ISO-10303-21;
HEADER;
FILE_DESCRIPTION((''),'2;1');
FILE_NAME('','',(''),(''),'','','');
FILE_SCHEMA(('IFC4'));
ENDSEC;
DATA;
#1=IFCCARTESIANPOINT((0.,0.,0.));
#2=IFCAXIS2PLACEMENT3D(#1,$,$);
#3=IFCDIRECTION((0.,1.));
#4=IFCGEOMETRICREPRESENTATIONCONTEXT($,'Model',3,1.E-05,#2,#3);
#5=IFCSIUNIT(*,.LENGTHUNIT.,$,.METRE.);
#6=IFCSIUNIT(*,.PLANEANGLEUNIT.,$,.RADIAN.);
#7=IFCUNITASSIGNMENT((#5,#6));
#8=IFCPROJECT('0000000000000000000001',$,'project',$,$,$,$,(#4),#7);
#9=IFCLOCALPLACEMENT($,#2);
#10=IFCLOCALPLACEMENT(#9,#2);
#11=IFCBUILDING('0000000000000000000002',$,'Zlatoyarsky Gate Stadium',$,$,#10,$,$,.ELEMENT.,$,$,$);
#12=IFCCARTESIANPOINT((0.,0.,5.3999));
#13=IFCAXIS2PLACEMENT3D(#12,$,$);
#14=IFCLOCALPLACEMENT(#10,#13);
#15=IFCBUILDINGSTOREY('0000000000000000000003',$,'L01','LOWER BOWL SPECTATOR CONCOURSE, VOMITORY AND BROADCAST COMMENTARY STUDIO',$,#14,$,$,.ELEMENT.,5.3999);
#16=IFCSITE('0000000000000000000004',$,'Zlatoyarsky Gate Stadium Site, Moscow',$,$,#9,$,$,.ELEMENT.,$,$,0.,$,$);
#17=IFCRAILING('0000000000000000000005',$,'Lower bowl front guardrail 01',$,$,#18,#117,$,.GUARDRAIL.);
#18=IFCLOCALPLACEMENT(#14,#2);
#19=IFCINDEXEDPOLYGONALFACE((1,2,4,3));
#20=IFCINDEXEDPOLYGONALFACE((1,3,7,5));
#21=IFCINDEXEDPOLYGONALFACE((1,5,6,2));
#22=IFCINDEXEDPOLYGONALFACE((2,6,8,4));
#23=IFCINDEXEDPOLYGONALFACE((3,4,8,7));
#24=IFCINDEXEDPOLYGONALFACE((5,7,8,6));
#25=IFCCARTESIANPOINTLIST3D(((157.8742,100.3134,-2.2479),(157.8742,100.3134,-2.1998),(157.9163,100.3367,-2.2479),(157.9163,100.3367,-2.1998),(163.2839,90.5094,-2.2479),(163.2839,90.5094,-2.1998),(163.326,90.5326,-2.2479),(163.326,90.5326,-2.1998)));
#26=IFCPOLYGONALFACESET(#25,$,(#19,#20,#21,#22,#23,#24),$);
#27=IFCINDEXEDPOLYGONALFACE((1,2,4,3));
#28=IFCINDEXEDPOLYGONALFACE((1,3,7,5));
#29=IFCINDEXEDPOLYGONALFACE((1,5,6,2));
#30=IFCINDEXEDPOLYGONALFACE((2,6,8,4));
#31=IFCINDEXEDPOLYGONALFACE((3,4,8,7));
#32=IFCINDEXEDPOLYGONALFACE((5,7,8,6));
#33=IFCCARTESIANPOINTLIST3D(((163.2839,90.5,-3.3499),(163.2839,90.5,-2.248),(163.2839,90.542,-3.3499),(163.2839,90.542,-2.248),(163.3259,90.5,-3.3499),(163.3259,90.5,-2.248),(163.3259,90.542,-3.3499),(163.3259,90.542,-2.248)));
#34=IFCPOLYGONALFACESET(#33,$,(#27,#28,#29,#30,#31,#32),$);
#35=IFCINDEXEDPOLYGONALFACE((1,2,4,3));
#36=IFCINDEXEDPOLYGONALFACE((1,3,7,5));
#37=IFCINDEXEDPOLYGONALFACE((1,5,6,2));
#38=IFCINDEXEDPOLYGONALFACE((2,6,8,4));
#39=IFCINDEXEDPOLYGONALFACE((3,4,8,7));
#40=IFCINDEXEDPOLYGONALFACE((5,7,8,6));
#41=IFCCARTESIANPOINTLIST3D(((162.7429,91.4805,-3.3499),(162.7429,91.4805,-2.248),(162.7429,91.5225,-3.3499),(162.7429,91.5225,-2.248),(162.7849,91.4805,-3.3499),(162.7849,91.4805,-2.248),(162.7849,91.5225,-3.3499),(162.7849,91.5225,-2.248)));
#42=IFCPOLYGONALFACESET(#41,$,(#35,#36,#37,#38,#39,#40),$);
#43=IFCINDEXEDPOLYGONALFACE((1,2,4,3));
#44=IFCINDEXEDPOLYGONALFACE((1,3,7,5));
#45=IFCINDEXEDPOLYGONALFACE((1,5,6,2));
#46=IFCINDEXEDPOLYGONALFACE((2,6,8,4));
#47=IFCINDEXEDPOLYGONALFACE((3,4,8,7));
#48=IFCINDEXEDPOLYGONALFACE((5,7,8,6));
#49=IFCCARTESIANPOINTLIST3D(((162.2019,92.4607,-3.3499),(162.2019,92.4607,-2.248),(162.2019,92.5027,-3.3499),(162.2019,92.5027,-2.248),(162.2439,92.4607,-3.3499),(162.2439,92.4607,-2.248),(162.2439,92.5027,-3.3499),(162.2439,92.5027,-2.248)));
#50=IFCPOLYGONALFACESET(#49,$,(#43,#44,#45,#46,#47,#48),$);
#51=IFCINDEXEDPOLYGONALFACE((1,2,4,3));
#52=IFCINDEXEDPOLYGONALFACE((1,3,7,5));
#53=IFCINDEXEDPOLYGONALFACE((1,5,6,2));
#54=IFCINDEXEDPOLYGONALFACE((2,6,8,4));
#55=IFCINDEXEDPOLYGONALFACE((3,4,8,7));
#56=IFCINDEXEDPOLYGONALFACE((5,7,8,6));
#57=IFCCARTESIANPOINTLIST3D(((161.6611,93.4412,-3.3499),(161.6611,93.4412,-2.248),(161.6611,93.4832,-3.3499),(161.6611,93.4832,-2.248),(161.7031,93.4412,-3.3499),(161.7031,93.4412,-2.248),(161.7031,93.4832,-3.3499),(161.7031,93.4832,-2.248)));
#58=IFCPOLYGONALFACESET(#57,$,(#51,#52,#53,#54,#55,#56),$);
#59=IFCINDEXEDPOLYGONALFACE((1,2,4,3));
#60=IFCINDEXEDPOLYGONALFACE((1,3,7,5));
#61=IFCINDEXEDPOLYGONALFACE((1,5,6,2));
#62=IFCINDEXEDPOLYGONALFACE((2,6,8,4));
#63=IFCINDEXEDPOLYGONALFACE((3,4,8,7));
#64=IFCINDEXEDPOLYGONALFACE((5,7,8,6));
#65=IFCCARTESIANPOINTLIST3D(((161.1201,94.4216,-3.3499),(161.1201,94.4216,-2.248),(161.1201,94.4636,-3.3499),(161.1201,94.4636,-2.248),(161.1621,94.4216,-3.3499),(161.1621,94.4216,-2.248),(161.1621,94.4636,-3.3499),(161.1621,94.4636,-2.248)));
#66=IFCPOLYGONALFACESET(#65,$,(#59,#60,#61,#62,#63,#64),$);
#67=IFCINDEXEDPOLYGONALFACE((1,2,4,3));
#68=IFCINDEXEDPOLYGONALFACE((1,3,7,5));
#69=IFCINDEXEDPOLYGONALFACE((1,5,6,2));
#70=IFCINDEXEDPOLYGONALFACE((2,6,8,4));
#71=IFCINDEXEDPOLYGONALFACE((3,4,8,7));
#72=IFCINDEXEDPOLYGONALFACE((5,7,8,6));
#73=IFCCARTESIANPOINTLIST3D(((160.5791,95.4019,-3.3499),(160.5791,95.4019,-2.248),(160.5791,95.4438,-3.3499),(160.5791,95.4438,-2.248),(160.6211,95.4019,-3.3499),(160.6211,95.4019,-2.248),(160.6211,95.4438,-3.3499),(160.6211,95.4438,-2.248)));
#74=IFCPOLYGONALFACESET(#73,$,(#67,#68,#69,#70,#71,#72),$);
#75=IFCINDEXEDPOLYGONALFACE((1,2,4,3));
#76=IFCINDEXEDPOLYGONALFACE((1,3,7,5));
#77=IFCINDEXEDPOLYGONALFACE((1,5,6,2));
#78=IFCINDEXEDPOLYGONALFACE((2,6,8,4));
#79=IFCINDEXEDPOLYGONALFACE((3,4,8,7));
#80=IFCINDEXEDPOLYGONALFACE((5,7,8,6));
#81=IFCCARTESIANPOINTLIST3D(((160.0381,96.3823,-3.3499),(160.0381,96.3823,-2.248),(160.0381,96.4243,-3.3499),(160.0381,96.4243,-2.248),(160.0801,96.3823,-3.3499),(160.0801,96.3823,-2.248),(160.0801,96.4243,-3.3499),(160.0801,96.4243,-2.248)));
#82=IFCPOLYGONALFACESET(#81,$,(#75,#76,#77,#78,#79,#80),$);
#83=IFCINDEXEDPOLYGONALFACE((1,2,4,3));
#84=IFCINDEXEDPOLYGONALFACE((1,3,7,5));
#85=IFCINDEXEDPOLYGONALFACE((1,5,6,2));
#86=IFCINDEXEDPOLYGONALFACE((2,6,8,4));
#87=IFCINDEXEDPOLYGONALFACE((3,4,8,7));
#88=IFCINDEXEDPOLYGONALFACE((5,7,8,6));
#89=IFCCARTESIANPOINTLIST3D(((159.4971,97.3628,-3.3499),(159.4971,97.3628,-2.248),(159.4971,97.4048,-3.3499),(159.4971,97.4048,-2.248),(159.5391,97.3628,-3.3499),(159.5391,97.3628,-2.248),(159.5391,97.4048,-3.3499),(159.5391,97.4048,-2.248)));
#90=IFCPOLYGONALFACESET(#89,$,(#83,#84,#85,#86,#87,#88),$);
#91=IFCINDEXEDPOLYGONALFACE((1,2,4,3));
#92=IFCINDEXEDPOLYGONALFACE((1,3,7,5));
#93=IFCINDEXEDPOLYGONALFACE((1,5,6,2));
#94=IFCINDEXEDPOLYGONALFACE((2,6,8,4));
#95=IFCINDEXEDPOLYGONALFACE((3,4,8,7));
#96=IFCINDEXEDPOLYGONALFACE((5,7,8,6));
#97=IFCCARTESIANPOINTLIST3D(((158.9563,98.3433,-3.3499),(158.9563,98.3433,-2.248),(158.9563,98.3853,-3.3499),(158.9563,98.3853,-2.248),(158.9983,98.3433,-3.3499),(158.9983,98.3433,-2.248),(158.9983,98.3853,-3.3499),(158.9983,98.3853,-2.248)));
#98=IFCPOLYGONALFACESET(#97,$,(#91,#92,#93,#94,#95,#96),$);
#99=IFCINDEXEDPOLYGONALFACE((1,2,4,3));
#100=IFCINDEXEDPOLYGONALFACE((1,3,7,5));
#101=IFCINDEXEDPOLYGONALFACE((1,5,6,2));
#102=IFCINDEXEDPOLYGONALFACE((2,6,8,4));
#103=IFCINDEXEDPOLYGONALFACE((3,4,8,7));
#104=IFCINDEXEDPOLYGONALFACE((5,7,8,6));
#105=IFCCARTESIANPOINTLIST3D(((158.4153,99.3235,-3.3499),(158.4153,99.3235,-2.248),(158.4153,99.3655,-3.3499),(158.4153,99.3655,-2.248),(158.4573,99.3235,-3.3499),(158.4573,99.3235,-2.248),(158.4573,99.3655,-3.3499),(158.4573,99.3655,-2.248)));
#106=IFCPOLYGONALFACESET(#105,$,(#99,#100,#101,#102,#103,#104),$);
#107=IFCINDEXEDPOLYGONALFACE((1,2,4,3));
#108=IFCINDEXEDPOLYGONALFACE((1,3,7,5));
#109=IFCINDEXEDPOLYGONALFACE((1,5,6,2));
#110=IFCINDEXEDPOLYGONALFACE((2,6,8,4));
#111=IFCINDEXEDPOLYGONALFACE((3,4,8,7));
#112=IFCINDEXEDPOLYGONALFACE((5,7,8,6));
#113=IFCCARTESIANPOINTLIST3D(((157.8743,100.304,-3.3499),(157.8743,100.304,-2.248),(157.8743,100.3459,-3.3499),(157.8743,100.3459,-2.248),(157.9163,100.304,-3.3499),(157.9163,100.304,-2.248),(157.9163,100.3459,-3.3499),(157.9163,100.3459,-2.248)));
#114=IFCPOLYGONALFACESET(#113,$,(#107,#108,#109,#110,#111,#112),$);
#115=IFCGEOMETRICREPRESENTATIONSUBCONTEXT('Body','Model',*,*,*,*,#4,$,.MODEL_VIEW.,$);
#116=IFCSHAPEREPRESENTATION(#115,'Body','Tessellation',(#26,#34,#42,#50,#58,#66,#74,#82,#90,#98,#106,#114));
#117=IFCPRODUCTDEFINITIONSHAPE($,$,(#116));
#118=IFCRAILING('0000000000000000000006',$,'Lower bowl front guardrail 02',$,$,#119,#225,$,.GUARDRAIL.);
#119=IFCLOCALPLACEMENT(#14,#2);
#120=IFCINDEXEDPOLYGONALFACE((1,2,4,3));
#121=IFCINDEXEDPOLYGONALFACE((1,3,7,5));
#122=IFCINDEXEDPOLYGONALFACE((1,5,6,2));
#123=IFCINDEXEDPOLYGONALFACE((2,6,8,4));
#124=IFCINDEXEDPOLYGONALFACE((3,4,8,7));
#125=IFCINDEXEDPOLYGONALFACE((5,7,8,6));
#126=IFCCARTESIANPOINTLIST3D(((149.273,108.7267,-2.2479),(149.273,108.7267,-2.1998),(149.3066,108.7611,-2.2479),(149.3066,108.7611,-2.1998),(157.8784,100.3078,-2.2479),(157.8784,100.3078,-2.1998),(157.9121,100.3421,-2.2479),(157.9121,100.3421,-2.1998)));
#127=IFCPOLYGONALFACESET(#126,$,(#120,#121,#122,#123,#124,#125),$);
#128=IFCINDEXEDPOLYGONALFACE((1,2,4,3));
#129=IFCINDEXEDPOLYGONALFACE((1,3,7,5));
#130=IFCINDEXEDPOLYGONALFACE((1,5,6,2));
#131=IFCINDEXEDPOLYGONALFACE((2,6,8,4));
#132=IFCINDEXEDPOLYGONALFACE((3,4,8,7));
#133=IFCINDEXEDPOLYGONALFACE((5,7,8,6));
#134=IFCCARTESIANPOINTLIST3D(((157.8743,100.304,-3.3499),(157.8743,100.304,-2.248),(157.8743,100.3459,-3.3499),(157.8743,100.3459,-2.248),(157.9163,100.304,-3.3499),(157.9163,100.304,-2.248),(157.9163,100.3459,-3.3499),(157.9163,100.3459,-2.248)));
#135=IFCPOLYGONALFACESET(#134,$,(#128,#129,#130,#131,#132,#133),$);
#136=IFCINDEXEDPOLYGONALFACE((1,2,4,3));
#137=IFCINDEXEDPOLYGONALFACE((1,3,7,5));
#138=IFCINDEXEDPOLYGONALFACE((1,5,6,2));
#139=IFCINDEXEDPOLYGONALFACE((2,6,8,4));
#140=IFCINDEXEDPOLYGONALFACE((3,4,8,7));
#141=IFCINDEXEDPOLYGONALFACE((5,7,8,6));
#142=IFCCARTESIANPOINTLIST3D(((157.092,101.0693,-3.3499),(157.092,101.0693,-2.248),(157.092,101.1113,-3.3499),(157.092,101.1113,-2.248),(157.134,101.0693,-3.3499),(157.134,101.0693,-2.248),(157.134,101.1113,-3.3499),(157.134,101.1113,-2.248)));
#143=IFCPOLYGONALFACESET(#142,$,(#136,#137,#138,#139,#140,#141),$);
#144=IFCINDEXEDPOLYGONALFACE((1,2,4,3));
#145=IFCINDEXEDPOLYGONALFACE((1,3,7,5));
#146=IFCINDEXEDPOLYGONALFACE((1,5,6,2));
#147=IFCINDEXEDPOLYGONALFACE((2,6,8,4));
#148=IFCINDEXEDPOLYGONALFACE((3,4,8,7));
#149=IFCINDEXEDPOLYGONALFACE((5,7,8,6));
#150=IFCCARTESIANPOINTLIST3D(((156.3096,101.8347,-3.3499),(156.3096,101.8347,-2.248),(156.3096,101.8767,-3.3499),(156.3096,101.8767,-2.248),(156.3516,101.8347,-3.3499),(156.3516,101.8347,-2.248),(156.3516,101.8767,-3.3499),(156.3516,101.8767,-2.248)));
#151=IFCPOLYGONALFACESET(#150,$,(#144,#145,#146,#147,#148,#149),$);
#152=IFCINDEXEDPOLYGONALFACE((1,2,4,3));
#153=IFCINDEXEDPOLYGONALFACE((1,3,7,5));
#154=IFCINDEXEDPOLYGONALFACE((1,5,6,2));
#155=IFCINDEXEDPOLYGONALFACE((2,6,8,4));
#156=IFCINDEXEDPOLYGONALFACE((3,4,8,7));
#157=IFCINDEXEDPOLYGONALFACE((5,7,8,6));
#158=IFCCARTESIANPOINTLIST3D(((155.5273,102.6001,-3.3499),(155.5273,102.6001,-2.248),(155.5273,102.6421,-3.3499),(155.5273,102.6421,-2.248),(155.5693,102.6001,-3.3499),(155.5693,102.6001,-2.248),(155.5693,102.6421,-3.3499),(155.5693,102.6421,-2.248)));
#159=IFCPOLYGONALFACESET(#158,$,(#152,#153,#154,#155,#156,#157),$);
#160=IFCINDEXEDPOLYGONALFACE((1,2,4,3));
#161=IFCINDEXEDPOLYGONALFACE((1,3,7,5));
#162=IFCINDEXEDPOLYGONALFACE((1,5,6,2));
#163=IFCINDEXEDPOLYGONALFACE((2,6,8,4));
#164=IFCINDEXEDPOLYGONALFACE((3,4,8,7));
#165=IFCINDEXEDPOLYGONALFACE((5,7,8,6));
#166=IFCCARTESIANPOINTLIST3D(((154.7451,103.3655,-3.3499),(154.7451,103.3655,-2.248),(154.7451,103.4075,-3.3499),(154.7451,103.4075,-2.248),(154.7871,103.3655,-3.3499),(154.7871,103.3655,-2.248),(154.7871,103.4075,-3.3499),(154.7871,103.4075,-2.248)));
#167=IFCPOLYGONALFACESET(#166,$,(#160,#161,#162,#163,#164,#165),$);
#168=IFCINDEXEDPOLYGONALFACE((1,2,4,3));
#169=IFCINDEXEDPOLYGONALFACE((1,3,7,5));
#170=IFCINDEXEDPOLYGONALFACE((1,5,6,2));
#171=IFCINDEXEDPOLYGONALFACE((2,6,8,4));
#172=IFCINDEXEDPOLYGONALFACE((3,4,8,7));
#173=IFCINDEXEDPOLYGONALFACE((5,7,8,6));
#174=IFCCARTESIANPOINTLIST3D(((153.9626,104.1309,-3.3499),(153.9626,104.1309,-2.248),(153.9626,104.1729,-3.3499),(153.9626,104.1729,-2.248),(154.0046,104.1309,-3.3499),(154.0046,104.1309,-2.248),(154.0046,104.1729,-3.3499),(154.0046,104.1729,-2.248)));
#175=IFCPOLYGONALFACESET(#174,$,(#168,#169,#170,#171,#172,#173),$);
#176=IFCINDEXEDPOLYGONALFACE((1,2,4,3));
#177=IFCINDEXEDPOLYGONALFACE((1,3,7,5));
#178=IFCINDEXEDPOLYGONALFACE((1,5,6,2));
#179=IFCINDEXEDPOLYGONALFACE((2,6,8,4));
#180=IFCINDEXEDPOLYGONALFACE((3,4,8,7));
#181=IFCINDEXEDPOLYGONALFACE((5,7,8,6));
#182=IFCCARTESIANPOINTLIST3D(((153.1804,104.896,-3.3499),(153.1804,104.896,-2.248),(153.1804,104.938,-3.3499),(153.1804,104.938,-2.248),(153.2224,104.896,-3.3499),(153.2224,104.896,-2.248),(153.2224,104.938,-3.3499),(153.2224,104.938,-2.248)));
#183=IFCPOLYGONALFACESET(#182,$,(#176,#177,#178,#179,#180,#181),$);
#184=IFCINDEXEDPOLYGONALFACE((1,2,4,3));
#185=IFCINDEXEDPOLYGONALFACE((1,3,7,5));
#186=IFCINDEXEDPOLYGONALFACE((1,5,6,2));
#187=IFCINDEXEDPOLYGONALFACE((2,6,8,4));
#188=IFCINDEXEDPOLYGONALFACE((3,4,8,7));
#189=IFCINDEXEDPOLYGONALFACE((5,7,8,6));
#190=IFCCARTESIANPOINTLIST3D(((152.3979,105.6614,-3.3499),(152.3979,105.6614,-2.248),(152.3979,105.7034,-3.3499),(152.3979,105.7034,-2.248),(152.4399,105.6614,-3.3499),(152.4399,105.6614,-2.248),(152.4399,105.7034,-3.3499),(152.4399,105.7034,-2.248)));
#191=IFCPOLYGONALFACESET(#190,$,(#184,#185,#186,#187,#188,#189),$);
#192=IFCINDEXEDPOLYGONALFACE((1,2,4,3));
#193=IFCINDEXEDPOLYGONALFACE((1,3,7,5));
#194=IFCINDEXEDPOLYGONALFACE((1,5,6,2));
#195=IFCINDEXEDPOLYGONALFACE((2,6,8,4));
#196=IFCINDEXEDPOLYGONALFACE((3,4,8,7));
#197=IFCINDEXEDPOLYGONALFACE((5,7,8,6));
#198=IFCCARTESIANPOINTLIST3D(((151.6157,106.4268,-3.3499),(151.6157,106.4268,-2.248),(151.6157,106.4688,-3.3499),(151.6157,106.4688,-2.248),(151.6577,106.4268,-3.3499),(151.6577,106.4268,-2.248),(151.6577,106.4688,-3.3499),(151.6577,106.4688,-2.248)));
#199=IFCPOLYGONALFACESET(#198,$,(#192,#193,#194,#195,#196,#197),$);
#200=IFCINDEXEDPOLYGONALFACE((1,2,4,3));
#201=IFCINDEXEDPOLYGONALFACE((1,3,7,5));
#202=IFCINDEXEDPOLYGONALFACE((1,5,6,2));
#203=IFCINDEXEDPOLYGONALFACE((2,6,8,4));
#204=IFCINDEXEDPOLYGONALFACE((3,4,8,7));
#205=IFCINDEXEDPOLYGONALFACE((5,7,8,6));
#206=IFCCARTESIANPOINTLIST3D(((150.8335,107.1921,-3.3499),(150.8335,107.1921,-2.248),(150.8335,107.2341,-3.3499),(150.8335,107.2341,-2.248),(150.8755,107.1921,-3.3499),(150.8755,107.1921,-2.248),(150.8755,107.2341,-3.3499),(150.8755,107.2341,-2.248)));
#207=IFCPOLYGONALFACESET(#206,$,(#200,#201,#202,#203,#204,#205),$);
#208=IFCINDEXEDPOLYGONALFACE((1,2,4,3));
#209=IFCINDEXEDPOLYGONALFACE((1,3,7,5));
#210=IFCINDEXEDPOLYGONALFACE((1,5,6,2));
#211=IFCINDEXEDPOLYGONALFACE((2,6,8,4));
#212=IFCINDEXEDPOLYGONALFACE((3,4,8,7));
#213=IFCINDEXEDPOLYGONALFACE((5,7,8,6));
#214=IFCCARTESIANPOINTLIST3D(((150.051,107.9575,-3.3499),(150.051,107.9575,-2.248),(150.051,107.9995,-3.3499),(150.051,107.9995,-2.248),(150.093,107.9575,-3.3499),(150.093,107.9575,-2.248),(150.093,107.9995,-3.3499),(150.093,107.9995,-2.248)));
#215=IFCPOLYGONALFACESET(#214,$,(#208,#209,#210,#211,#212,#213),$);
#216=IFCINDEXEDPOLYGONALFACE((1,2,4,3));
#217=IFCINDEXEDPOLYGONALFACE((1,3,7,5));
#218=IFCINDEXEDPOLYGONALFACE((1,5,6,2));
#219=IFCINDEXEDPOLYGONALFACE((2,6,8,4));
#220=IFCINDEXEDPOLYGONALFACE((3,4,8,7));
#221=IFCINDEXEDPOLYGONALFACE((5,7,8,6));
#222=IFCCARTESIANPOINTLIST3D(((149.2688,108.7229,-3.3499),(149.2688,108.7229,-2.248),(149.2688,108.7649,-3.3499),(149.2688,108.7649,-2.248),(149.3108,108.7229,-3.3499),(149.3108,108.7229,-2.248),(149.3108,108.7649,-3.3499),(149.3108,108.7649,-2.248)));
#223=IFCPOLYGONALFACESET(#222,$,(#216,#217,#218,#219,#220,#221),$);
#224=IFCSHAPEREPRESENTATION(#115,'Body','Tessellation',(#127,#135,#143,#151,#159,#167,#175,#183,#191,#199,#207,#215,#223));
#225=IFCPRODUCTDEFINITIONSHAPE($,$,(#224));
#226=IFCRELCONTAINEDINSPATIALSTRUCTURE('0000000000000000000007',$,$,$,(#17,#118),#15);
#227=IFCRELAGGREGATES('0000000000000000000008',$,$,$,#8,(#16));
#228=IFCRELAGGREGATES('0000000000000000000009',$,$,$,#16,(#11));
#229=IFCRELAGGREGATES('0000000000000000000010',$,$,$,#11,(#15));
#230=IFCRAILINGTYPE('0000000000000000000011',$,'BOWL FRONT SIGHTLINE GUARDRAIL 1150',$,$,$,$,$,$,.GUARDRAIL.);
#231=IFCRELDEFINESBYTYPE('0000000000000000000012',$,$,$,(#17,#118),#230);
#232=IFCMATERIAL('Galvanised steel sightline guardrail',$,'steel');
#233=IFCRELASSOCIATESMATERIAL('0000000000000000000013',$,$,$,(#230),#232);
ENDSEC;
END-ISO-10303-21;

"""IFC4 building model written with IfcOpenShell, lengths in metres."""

from ifc_helpers import new_model, si_unit, direction, frame, origin, origin_2d, place, context, subcontext, project, spatial, rectangle, extrude, material, type_object, element, save


model = new_model("IFC4")

# Units and contexts
model_context = context("Model", 3, precision=1e-05, world=origin(), true_north=direction((0.0, 1.0)))
body_context = subcontext(model_context, "Body", "Model", "MODEL_VIEW")
ifc_project = project(units=[si_unit("LENGTHUNIT", "METRE"), si_unit("PLANEANGLEUNIT", "RADIAN")], contexts=[model_context])

# Site, building, storey
site_placement = place(None, origin())
site = spatial("IfcSite", under=ifc_project, at=site_placement, Name="Zlatoyarsky Gate Stadium Site, Moscow", CompositionType="ELEMENT", RefElevation=0.0)
building_placement = place(site_placement, origin())
building = spatial("IfcBuilding", under=site, at=building_placement, Name="Zlatoyarsky Gate Stadium", CompositionType="ELEMENT")
storey_placement = place(building_placement, frame((0.0, 0.0, 5.3999)))
storey = spatial("IfcBuildingStorey", under=building, at=storey_placement, Name="L01", Description="LOWER BOWL SPECTATOR CONCOURSE, VOMITORY AND BROADCAST COMMENTARY STUDIO", CompositionType="ELEMENT", Elevation=5.3999)

# Railings
ifc_material_1 = material(Name="Galvanised steel sightline guardrail", Category="steel")
railing_type = type_object("IfcRailingType", Name="BOWL FRONT SIGHTLINE GUARDRAIL 1150", PredefinedType="GUARDRAIL", material=ifc_material_1)
railing_1_placement = place(storey_placement, frame((163.3049, 90.521, -3.3499)))
element("IfcRailing", 1, at=railing_1_placement, inside=storey, type_object=railing_type, Name="Lower bowl front guardrail 01", PredefinedType="GUARDRAIL", context=body_context, shape_type="SweptSolid", body=[
    extrude(rectangle(XDim=0.0481, YDim=0.0481, at=origin_2d()), frame((0.0, 0.0, 1.126), z_axis=(-0.483118, 0.875555, 0.0), x_axis=(-0.875555, -0.483118, 0.0)), (0.0, 0.0, 1.0), 11.1975),
    extrude(rectangle(XDim=0.042, YDim=0.042, at=origin_2d()), origin(), (0.0, 0.0, 1.0), 1.1018),
    extrude(rectangle(XDim=0.042, YDim=0.042, at=origin_2d()), frame((-0.541, 0.9805, 0.0)), (0.0, 0.0, 1.0), 1.1018),
    extrude(rectangle(XDim=0.042, YDim=0.042, at=origin_2d()), frame((-1.082, 1.9607, 0.0)), (0.0, 0.0, 1.0), 1.1018),
    extrude(rectangle(XDim=0.042, YDim=0.042, at=origin_2d()), frame((-1.6228, 2.9412, 0.0)), (0.0, 0.0, 1.0), 1.1018),
    extrude(rectangle(XDim=0.042, YDim=0.042, at=origin_2d()), frame((-2.1638, 3.9216, 0.0)), (0.0, 0.0, 1.0), 1.1018),
    extrude(rectangle(XDim=0.042, YDim=0.042, at=origin_2d()), frame((-2.7048, 4.9019, 0.0)), (0.0, 0.0, 1.0), 1.1018),
    extrude(rectangle(XDim=0.042, YDim=0.042, at=origin_2d()), frame((-3.2458, 5.8823, 0.0)), (0.0, 0.0, 1.0), 1.1018),
    extrude(rectangle(XDim=0.042, YDim=0.042, at=origin_2d()), frame((-3.7869, 6.8628, 0.0)), (0.0, 0.0, 1.0), 1.1018),
    extrude(rectangle(XDim=0.042, YDim=0.042, at=origin_2d()), frame((-4.3276, 7.8433, 0.0)), (0.0, 0.0, 1.0), 1.1018),
    extrude(rectangle(XDim=0.042, YDim=0.042, at=origin_2d()), frame((-4.8687, 8.8235, 0.0)), (0.0, 0.0, 1.0), 1.1018),
    extrude(rectangle(XDim=0.042, YDim=0.042, at=origin_2d()), frame((-5.4097, 9.804, 0.0)), (0.0, 0.0, 1.0), 1.1018),
])
railing_2_placement = place(storey_placement, frame((157.8953, 100.325, -3.3499)))
element("IfcRailing", 2, at=railing_2_placement, inside=storey, type_object=railing_type, Name="Lower bowl front guardrail 02", PredefinedType="GUARDRAIL", context=body_context, shape_type="SweptSolid", body=[
    extrude(rectangle(XDim=0.0481, YDim=0.0481, at=origin_2d()), frame((0.0, 0.0, 1.126), z_axis=(-0.714811, 0.699318, 0.0), x_axis=(-0.699318, -0.714811, 0.0)), (0.0, 0.0, 1.0), 12.0388),
    extrude(rectangle(XDim=0.042, YDim=0.042, at=origin_2d()), origin(), (0.0, 0.0, 1.0), 1.1018),
    extrude(rectangle(XDim=0.042, YDim=0.042, at=origin_2d()), frame((-0.7822, 0.7654, 0.0)), (0.0, 0.0, 1.0), 1.1018),
    extrude(rectangle(XDim=0.042, YDim=0.042, at=origin_2d()), frame((-1.5647, 1.5308, 0.0)), (0.0, 0.0, 1.0), 1.1018),
    extrude(rectangle(XDim=0.042, YDim=0.042, at=origin_2d()), frame((-2.3469, 2.2961, 0.0)), (0.0, 0.0, 1.0), 1.1018),
    extrude(rectangle(XDim=0.042, YDim=0.042, at=origin_2d()), frame((-3.1292, 3.0615, 0.0)), (0.0, 0.0, 1.0), 1.1018),
    extrude(rectangle(XDim=0.042, YDim=0.042, at=origin_2d()), frame((-3.9116, 3.8269, 0.0)), (0.0, 0.0, 1.0), 1.1018),
    extrude(rectangle(XDim=0.042, YDim=0.042, at=origin_2d()), frame((-4.6938, 4.592, 0.0)), (0.0, 0.0, 1.0), 1.1018),
    extrude(rectangle(XDim=0.042, YDim=0.042, at=origin_2d()), frame((-5.4763, 5.3574, 0.0)), (0.0, 0.0, 1.0), 1.1018),
    extrude(rectangle(XDim=0.042, YDim=0.042, at=origin_2d()), frame((-6.2585, 6.1228, 0.0)), (0.0, 0.0, 1.0), 1.1018),
    extrude(rectangle(XDim=0.042, YDim=0.042, at=origin_2d()), frame((-7.0408, 6.8882, 0.0)), (0.0, 0.0, 1.0), 1.1018),
    extrude(rectangle(XDim=0.042, YDim=0.042, at=origin_2d()), frame((-7.8232, 7.6536, 0.0)), (0.0, 0.0, 1.0), 1.1018),
    extrude(rectangle(XDim=0.042, YDim=0.042, at=origin_2d()), frame((-8.6055, 8.4189, 0.0)), (0.0, 0.0, 1.0), 1.1018),
])

save(model, "model.ifc")
